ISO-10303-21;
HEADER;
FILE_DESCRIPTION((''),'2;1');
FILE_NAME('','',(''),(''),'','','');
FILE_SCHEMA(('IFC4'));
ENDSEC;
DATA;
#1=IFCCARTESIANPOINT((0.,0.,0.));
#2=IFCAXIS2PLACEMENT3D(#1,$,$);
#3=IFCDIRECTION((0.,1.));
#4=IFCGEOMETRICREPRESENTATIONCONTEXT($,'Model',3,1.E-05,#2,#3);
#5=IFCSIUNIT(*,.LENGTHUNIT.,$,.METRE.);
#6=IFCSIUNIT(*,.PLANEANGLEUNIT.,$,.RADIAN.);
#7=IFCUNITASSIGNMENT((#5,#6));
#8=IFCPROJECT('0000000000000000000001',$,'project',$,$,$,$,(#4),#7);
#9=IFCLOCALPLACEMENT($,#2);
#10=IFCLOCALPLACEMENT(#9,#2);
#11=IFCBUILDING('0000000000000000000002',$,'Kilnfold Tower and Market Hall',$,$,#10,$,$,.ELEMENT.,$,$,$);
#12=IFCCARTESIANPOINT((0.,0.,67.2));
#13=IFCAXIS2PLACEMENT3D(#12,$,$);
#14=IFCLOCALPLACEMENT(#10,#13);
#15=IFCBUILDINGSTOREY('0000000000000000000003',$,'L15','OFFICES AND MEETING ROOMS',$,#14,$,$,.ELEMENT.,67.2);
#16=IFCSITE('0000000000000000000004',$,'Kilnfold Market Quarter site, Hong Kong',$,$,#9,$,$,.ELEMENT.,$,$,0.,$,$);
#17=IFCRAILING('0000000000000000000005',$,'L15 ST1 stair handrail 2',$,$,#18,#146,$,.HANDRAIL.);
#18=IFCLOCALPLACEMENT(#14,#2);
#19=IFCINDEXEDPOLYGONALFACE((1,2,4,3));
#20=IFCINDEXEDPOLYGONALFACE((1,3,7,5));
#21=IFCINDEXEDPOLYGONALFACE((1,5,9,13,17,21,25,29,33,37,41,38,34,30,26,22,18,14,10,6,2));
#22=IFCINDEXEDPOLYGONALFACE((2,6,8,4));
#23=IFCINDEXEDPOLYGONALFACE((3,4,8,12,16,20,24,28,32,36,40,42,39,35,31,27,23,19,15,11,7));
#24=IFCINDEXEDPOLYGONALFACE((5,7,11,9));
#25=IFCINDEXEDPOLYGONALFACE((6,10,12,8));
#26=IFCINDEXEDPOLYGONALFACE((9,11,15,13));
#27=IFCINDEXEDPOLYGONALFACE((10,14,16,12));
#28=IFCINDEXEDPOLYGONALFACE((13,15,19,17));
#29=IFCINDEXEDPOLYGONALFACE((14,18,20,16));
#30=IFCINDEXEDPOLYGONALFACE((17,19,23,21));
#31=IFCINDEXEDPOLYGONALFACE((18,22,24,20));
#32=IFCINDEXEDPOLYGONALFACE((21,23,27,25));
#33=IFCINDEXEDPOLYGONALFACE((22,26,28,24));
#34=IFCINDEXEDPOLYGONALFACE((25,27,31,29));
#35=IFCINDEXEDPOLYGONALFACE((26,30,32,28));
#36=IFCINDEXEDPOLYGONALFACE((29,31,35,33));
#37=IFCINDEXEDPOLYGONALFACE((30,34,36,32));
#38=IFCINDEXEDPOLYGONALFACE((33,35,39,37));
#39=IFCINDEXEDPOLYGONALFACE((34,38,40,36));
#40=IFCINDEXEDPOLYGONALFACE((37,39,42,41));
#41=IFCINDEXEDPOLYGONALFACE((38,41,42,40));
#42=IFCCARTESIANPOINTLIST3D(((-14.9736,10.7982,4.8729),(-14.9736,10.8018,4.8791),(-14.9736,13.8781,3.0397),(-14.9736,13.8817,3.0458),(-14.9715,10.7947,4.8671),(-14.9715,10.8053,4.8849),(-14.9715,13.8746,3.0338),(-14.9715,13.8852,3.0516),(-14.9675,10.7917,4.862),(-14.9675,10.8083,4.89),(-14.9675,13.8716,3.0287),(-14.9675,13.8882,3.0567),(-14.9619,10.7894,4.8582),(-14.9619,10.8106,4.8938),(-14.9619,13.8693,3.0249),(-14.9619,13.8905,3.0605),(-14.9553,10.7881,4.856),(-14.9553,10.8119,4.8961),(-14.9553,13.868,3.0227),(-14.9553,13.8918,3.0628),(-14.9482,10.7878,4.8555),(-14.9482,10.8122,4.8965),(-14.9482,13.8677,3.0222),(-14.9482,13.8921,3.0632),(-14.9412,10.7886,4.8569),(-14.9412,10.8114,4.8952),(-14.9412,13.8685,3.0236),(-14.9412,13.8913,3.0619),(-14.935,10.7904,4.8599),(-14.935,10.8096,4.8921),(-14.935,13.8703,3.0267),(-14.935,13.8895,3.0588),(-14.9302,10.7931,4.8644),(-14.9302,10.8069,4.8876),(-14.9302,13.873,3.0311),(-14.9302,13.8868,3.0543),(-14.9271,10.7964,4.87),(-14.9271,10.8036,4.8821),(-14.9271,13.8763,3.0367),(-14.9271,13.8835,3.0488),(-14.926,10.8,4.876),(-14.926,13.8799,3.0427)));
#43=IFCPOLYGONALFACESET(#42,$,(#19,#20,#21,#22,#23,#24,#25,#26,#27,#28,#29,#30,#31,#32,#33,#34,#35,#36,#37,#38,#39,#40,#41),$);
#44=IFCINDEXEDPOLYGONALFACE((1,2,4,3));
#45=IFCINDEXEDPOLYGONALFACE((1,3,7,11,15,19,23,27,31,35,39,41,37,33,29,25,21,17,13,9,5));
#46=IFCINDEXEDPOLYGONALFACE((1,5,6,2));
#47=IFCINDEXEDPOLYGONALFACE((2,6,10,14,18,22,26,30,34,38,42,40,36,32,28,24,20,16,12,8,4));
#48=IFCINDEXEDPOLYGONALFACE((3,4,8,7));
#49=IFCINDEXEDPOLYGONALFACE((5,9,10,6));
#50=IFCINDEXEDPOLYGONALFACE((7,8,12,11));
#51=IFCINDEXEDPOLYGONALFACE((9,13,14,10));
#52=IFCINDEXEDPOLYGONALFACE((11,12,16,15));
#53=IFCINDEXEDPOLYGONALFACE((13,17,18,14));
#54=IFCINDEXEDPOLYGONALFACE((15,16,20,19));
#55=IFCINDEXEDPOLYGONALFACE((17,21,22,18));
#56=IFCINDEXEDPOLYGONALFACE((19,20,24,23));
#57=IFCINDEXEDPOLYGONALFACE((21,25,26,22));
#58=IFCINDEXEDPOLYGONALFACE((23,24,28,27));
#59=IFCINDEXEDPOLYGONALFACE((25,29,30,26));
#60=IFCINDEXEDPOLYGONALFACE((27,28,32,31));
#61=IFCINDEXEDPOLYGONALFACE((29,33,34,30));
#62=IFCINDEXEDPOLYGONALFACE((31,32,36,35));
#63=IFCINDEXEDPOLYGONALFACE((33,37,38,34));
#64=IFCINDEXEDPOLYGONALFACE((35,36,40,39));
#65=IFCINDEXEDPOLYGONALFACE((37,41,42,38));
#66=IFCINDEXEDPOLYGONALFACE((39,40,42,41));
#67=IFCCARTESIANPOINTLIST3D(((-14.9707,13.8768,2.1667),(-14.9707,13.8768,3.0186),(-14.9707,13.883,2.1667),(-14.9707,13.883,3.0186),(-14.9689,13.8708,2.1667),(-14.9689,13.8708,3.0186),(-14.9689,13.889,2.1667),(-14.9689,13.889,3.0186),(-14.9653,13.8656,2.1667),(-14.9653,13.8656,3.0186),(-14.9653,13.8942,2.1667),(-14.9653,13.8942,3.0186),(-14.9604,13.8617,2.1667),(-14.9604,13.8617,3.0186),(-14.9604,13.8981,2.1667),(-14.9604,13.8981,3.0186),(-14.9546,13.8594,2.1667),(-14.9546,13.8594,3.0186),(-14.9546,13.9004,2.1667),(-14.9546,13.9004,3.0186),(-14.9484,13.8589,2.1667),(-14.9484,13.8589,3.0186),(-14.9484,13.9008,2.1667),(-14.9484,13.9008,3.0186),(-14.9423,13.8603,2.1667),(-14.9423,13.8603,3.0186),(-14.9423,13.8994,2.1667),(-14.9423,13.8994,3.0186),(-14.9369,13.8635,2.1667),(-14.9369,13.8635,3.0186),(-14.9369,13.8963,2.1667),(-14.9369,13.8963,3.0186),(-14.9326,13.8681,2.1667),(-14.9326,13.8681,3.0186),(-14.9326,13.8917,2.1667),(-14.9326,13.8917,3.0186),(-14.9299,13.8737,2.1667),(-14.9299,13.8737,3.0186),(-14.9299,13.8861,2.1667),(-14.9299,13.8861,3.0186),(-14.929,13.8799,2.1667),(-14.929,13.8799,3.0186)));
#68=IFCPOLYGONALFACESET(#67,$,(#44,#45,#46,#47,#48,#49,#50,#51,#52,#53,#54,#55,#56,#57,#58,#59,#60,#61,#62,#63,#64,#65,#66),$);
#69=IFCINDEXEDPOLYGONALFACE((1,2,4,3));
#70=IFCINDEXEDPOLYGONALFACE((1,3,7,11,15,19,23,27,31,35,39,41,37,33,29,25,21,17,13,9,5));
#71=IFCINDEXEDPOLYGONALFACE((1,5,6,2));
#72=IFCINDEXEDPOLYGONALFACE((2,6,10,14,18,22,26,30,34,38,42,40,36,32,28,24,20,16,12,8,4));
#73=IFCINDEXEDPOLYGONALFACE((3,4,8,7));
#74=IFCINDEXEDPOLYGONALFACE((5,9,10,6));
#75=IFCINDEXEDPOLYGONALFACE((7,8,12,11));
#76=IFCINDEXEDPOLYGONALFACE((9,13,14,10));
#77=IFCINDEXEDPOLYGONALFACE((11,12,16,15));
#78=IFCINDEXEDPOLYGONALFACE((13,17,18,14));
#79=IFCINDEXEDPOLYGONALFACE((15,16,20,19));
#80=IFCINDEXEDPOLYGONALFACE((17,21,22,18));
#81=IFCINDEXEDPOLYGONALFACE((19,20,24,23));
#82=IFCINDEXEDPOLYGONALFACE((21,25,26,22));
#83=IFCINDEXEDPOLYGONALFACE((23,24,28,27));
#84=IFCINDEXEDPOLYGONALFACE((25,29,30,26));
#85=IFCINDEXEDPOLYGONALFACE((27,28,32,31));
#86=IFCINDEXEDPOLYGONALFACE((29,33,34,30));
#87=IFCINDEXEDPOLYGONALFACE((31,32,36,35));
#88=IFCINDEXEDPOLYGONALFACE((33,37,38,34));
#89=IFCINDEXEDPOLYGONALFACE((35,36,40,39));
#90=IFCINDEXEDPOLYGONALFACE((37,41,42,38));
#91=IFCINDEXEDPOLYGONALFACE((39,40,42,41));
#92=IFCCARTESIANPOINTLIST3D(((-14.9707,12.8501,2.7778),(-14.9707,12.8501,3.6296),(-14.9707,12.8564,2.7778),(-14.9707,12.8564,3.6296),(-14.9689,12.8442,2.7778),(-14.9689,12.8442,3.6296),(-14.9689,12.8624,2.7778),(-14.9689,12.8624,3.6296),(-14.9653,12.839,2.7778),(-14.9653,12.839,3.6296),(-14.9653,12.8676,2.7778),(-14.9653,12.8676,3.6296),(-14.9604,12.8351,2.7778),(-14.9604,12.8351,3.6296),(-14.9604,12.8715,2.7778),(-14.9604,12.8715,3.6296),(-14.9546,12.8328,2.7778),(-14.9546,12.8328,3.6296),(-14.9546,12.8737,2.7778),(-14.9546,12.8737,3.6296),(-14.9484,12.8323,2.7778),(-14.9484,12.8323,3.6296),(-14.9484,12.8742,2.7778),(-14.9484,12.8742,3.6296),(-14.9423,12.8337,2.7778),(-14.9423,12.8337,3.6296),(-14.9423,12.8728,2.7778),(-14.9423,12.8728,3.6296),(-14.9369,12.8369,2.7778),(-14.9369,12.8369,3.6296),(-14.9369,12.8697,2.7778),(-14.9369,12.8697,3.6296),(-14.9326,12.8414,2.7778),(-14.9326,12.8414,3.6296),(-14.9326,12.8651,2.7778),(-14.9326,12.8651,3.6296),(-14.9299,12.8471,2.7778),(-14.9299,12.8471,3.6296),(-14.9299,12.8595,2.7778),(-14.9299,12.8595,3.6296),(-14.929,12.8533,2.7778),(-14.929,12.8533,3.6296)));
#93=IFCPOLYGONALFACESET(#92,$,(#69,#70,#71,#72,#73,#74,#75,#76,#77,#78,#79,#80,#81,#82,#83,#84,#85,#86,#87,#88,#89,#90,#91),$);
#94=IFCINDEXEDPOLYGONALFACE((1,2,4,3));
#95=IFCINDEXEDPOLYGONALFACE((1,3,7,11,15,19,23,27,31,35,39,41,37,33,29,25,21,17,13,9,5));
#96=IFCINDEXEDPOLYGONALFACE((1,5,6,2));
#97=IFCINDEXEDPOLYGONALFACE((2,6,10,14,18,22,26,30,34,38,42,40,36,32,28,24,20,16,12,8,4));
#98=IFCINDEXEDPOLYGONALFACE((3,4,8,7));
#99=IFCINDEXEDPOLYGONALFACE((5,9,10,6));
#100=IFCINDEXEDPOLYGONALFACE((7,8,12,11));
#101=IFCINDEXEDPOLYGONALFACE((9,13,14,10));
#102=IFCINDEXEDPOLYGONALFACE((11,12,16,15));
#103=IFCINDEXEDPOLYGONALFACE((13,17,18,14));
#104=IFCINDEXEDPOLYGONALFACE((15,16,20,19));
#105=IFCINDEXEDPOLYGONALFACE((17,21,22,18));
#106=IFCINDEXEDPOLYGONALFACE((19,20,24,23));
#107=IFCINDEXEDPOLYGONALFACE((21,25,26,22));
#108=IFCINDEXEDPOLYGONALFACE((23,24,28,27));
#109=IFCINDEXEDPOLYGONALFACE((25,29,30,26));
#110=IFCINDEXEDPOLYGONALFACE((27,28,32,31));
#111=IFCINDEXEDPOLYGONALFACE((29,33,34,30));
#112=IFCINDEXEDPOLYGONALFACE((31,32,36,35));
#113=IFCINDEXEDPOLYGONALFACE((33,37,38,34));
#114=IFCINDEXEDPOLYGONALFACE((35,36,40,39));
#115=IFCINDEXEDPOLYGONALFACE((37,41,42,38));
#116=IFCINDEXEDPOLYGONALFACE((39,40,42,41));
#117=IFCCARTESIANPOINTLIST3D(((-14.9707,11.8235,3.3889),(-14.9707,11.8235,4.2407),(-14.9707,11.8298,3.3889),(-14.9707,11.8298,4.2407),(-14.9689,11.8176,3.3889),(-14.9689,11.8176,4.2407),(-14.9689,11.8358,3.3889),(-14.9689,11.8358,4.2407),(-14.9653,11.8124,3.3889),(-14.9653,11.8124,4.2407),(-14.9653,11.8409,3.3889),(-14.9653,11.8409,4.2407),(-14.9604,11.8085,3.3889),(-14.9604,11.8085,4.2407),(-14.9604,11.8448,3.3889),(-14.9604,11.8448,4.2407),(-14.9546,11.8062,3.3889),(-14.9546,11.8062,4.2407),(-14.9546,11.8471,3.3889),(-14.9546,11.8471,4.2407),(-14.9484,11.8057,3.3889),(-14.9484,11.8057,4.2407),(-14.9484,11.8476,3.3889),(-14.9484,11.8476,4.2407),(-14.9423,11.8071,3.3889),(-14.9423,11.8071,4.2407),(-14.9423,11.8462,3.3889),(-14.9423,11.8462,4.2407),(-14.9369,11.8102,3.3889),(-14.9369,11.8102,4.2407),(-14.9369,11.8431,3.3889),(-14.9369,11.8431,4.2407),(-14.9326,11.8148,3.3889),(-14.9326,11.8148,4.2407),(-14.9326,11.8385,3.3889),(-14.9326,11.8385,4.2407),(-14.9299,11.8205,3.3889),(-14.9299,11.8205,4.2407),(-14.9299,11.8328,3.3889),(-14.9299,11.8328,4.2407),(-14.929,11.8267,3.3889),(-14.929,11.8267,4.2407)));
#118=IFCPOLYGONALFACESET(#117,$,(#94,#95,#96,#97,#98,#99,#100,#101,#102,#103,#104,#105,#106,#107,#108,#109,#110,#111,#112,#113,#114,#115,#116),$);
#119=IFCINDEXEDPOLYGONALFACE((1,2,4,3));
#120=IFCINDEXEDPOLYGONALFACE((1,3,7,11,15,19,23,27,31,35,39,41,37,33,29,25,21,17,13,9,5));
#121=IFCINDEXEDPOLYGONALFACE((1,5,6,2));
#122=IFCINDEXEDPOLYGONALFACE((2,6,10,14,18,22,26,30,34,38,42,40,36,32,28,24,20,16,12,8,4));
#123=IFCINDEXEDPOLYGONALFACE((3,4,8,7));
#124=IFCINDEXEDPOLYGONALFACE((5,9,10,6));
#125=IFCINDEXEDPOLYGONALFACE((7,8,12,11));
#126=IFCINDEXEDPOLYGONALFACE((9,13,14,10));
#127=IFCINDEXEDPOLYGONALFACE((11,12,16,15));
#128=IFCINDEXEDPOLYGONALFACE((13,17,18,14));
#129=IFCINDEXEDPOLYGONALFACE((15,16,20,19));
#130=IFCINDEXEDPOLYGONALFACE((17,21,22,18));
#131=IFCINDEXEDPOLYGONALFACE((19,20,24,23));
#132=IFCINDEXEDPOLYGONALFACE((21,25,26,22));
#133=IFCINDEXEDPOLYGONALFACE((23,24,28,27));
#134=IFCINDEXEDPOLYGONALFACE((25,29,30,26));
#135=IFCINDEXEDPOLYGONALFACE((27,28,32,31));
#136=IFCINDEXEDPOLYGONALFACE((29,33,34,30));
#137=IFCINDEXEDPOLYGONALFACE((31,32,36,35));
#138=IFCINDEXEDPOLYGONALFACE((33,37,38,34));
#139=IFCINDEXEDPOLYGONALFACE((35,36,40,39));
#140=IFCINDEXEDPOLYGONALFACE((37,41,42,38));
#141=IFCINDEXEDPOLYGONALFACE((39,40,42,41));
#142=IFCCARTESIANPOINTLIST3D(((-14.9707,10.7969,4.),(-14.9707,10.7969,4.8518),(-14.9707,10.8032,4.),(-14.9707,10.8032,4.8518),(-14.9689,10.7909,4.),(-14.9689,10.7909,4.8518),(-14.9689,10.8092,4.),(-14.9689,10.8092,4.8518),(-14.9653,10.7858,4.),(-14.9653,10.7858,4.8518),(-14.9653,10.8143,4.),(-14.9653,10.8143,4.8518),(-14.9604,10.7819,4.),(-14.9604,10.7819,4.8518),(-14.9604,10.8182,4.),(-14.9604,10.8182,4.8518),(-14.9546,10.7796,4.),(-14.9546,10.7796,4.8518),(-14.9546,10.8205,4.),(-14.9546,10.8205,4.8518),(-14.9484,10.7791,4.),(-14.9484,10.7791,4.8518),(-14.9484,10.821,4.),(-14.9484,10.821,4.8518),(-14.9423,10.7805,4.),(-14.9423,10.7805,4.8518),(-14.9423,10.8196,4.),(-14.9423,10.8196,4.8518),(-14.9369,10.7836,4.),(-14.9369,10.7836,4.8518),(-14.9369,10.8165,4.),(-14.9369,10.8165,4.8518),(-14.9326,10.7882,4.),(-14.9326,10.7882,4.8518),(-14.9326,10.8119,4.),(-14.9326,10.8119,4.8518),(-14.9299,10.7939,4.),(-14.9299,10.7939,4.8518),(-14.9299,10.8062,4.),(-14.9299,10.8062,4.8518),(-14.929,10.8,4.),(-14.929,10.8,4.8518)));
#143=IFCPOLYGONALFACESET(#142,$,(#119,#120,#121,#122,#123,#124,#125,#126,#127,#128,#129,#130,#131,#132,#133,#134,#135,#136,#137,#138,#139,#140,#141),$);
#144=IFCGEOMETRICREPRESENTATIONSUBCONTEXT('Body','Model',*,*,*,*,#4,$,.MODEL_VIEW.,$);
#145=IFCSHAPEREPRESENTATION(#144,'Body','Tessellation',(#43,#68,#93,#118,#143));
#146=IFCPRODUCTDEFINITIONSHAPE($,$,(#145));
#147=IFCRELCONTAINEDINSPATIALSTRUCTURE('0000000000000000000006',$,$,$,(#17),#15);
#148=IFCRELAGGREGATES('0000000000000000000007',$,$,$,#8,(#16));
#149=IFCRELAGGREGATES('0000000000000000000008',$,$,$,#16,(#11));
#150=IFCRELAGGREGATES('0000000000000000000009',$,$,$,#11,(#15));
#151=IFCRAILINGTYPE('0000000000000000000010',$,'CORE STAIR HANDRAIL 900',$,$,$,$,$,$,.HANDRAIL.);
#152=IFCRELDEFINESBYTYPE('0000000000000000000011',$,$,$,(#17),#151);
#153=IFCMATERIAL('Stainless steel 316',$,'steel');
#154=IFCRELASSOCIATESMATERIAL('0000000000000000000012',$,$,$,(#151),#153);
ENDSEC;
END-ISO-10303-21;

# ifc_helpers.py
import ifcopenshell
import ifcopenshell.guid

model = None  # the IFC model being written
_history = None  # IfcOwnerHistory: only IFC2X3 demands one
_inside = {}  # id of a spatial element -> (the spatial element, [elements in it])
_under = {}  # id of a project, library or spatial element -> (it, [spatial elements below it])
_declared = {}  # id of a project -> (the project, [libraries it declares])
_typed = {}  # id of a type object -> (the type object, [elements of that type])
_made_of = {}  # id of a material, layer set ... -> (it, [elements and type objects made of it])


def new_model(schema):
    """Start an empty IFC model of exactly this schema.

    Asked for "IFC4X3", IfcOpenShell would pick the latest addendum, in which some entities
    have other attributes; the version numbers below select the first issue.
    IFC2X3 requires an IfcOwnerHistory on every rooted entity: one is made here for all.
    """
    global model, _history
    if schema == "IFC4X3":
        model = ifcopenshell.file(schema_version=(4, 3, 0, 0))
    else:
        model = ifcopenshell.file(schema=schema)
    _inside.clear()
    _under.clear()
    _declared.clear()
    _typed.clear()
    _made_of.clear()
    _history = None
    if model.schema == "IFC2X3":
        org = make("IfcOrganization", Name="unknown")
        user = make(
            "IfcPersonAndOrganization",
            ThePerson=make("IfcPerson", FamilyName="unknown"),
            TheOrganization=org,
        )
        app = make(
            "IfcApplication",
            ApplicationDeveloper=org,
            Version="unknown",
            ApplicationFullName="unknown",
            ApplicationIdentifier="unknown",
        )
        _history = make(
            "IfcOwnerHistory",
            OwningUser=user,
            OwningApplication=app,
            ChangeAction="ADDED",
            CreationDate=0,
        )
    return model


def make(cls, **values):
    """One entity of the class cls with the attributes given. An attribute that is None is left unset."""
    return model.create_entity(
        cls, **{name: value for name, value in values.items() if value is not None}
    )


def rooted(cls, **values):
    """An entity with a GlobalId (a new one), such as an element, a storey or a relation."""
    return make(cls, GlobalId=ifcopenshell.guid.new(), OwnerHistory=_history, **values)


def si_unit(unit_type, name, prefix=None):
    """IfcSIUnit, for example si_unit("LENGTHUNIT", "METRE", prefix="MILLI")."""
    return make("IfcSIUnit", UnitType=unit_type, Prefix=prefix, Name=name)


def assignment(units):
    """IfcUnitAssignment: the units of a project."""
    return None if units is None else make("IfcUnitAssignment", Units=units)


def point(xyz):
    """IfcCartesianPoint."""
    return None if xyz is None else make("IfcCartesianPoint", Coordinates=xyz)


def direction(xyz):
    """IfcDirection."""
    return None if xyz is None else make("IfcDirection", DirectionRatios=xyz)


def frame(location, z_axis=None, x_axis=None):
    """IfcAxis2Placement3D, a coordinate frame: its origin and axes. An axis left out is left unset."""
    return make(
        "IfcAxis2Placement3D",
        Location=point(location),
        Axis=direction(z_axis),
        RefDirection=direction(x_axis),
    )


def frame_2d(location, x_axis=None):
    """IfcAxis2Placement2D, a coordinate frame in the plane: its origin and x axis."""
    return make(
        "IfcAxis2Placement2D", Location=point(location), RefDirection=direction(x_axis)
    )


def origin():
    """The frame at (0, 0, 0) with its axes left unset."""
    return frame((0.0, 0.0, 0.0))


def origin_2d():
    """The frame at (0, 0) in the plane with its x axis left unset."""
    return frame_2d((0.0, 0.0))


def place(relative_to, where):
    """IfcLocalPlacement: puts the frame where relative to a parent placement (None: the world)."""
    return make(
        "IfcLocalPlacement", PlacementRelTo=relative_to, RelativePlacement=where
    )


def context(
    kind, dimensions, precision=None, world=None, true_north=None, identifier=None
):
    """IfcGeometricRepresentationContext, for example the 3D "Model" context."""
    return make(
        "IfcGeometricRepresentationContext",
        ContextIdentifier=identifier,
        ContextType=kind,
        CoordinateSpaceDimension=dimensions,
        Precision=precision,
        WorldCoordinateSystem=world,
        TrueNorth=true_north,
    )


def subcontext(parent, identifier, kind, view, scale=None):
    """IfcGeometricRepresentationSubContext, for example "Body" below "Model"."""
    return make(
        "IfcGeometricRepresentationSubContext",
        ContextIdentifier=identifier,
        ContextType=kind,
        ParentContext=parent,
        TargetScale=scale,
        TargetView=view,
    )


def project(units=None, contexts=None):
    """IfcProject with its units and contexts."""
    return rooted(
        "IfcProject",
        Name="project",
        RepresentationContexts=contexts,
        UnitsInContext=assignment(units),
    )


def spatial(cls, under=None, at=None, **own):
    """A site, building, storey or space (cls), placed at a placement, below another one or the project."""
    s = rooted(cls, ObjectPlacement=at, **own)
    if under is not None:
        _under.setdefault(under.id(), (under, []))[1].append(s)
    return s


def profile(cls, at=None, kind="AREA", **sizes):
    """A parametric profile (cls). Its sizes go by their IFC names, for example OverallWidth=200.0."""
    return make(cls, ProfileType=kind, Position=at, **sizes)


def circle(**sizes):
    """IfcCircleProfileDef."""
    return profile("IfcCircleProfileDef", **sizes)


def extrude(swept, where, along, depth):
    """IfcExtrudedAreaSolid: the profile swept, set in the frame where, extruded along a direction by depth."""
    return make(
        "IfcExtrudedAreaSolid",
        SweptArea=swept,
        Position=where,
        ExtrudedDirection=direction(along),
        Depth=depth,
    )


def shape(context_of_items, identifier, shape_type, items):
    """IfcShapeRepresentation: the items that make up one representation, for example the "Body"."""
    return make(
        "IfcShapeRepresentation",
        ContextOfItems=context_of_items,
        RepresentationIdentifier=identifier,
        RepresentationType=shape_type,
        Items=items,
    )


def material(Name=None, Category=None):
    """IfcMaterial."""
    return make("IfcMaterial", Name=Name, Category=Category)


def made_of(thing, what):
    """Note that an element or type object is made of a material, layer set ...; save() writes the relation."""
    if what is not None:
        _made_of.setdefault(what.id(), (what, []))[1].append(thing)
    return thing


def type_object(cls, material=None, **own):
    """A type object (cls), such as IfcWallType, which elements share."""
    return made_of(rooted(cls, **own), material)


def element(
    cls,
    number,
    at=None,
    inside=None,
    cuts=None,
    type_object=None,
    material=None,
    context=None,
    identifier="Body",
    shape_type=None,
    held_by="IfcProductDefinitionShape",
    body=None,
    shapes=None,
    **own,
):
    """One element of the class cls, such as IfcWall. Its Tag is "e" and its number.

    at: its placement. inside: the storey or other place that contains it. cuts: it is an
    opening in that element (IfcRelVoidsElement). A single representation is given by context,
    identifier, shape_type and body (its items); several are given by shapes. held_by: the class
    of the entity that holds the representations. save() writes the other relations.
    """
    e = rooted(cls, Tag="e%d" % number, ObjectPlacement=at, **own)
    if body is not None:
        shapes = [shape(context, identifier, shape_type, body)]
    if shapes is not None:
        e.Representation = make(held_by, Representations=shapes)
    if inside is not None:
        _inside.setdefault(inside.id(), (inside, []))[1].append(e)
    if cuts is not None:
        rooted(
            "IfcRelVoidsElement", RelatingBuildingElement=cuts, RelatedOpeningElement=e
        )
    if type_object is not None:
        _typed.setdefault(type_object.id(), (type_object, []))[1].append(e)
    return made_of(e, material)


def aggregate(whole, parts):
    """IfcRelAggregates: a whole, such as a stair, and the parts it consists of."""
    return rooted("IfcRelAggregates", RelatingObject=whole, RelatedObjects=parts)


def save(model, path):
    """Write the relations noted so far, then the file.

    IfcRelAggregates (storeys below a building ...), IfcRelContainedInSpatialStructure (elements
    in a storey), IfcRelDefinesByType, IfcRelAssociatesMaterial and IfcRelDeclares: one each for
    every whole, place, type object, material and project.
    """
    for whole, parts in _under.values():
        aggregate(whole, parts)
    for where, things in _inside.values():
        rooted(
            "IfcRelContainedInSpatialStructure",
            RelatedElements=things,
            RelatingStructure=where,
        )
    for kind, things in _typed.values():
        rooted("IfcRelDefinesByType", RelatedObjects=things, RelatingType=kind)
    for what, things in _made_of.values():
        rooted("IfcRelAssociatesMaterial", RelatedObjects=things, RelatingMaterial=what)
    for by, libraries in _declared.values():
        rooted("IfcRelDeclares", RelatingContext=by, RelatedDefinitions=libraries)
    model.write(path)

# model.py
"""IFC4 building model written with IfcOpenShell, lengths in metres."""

from ifc_helpers import new_model, si_unit, direction, frame, origin, origin_2d, place, context, subcontext, project, spatial, circle, extrude, material, type_object, element, save


model = new_model("IFC4")

# Units and contexts
model_context = context("Model", 3, precision=1e-05, world=origin(), true_north=direction((0.0, 1.0)))
body_context = subcontext(model_context, "Body", "Model", "MODEL_VIEW")
ifc_project = project(units=[si_unit("LENGTHUNIT", "METRE"), si_unit("PLANEANGLEUNIT", "RADIAN")], contexts=[model_context])

# Site, building, storey
site_placement = place(None, origin())
site = spatial("IfcSite", under=ifc_project, at=site_placement, Name="Kilnfold Market Quarter site, Hong Kong", CompositionType="ELEMENT", RefElevation=0.0)
building_placement = place(site_placement, origin())
building = spatial("IfcBuilding", under=site, at=building_placement, Name="Kilnfold Tower and Market Hall", CompositionType="ELEMENT")
storey_placement = place(building_placement, frame((0.0, 0.0, 67.2)))
storey = spatial("IfcBuildingStorey", under=building, at=storey_placement, Name="L15", Description="OFFICES AND MEETING ROOMS", CompositionType="ELEMENT", Elevation=67.2)

# Railing
ifc_material_1 = material(Name="Stainless steel 316", Category="steel")
railing_type_1 = type_object("IfcRailingType", Name="CORE STAIR HANDRAIL 900", PredefinedType="HANDRAIL", material=ifc_material_1)
railing_1_placement = place(storey_placement, frame((-14.95, 13.8799, 2.1667)))
element("IfcRailing", 1, at=railing_1_placement, inside=storey, type_object=railing_type_1, Name="L15 ST1 stair handrail 2", PredefinedType="HANDRAIL", context=body_context, shape_type="SweptSolid", body=[
    extrude(circle(Radius=0.0239, at=origin_2d()), frame((0.0, 0.0, 0.876), z_axis=(0.0, -0.859291, 0.511487), x_axis=(1.0, 0.0, 0.0)), (0.0, 0.0, 1.0), 3.5842),
    extrude(circle(Radius=0.021, at=origin_2d()), origin(), (0.0, 0.0, 1.0), 0.8518),
    extrude(circle(Radius=0.021, at=origin_2d()), frame((0.0, -1.0266, 0.6111)), (0.0, 0.0, 1.0), 0.8518),
    extrude(circle(Radius=0.021, at=origin_2d()), frame((0.0, -2.0532, 1.2222)), (0.0, 0.0, 1.0), 0.8518),
    extrude(circle(Radius=0.021, at=origin_2d()), frame((0.0, -3.0798, 1.8333)), (0.0, 0.0, 1.0), 0.8518),
])

save(model, "model.ifc")
